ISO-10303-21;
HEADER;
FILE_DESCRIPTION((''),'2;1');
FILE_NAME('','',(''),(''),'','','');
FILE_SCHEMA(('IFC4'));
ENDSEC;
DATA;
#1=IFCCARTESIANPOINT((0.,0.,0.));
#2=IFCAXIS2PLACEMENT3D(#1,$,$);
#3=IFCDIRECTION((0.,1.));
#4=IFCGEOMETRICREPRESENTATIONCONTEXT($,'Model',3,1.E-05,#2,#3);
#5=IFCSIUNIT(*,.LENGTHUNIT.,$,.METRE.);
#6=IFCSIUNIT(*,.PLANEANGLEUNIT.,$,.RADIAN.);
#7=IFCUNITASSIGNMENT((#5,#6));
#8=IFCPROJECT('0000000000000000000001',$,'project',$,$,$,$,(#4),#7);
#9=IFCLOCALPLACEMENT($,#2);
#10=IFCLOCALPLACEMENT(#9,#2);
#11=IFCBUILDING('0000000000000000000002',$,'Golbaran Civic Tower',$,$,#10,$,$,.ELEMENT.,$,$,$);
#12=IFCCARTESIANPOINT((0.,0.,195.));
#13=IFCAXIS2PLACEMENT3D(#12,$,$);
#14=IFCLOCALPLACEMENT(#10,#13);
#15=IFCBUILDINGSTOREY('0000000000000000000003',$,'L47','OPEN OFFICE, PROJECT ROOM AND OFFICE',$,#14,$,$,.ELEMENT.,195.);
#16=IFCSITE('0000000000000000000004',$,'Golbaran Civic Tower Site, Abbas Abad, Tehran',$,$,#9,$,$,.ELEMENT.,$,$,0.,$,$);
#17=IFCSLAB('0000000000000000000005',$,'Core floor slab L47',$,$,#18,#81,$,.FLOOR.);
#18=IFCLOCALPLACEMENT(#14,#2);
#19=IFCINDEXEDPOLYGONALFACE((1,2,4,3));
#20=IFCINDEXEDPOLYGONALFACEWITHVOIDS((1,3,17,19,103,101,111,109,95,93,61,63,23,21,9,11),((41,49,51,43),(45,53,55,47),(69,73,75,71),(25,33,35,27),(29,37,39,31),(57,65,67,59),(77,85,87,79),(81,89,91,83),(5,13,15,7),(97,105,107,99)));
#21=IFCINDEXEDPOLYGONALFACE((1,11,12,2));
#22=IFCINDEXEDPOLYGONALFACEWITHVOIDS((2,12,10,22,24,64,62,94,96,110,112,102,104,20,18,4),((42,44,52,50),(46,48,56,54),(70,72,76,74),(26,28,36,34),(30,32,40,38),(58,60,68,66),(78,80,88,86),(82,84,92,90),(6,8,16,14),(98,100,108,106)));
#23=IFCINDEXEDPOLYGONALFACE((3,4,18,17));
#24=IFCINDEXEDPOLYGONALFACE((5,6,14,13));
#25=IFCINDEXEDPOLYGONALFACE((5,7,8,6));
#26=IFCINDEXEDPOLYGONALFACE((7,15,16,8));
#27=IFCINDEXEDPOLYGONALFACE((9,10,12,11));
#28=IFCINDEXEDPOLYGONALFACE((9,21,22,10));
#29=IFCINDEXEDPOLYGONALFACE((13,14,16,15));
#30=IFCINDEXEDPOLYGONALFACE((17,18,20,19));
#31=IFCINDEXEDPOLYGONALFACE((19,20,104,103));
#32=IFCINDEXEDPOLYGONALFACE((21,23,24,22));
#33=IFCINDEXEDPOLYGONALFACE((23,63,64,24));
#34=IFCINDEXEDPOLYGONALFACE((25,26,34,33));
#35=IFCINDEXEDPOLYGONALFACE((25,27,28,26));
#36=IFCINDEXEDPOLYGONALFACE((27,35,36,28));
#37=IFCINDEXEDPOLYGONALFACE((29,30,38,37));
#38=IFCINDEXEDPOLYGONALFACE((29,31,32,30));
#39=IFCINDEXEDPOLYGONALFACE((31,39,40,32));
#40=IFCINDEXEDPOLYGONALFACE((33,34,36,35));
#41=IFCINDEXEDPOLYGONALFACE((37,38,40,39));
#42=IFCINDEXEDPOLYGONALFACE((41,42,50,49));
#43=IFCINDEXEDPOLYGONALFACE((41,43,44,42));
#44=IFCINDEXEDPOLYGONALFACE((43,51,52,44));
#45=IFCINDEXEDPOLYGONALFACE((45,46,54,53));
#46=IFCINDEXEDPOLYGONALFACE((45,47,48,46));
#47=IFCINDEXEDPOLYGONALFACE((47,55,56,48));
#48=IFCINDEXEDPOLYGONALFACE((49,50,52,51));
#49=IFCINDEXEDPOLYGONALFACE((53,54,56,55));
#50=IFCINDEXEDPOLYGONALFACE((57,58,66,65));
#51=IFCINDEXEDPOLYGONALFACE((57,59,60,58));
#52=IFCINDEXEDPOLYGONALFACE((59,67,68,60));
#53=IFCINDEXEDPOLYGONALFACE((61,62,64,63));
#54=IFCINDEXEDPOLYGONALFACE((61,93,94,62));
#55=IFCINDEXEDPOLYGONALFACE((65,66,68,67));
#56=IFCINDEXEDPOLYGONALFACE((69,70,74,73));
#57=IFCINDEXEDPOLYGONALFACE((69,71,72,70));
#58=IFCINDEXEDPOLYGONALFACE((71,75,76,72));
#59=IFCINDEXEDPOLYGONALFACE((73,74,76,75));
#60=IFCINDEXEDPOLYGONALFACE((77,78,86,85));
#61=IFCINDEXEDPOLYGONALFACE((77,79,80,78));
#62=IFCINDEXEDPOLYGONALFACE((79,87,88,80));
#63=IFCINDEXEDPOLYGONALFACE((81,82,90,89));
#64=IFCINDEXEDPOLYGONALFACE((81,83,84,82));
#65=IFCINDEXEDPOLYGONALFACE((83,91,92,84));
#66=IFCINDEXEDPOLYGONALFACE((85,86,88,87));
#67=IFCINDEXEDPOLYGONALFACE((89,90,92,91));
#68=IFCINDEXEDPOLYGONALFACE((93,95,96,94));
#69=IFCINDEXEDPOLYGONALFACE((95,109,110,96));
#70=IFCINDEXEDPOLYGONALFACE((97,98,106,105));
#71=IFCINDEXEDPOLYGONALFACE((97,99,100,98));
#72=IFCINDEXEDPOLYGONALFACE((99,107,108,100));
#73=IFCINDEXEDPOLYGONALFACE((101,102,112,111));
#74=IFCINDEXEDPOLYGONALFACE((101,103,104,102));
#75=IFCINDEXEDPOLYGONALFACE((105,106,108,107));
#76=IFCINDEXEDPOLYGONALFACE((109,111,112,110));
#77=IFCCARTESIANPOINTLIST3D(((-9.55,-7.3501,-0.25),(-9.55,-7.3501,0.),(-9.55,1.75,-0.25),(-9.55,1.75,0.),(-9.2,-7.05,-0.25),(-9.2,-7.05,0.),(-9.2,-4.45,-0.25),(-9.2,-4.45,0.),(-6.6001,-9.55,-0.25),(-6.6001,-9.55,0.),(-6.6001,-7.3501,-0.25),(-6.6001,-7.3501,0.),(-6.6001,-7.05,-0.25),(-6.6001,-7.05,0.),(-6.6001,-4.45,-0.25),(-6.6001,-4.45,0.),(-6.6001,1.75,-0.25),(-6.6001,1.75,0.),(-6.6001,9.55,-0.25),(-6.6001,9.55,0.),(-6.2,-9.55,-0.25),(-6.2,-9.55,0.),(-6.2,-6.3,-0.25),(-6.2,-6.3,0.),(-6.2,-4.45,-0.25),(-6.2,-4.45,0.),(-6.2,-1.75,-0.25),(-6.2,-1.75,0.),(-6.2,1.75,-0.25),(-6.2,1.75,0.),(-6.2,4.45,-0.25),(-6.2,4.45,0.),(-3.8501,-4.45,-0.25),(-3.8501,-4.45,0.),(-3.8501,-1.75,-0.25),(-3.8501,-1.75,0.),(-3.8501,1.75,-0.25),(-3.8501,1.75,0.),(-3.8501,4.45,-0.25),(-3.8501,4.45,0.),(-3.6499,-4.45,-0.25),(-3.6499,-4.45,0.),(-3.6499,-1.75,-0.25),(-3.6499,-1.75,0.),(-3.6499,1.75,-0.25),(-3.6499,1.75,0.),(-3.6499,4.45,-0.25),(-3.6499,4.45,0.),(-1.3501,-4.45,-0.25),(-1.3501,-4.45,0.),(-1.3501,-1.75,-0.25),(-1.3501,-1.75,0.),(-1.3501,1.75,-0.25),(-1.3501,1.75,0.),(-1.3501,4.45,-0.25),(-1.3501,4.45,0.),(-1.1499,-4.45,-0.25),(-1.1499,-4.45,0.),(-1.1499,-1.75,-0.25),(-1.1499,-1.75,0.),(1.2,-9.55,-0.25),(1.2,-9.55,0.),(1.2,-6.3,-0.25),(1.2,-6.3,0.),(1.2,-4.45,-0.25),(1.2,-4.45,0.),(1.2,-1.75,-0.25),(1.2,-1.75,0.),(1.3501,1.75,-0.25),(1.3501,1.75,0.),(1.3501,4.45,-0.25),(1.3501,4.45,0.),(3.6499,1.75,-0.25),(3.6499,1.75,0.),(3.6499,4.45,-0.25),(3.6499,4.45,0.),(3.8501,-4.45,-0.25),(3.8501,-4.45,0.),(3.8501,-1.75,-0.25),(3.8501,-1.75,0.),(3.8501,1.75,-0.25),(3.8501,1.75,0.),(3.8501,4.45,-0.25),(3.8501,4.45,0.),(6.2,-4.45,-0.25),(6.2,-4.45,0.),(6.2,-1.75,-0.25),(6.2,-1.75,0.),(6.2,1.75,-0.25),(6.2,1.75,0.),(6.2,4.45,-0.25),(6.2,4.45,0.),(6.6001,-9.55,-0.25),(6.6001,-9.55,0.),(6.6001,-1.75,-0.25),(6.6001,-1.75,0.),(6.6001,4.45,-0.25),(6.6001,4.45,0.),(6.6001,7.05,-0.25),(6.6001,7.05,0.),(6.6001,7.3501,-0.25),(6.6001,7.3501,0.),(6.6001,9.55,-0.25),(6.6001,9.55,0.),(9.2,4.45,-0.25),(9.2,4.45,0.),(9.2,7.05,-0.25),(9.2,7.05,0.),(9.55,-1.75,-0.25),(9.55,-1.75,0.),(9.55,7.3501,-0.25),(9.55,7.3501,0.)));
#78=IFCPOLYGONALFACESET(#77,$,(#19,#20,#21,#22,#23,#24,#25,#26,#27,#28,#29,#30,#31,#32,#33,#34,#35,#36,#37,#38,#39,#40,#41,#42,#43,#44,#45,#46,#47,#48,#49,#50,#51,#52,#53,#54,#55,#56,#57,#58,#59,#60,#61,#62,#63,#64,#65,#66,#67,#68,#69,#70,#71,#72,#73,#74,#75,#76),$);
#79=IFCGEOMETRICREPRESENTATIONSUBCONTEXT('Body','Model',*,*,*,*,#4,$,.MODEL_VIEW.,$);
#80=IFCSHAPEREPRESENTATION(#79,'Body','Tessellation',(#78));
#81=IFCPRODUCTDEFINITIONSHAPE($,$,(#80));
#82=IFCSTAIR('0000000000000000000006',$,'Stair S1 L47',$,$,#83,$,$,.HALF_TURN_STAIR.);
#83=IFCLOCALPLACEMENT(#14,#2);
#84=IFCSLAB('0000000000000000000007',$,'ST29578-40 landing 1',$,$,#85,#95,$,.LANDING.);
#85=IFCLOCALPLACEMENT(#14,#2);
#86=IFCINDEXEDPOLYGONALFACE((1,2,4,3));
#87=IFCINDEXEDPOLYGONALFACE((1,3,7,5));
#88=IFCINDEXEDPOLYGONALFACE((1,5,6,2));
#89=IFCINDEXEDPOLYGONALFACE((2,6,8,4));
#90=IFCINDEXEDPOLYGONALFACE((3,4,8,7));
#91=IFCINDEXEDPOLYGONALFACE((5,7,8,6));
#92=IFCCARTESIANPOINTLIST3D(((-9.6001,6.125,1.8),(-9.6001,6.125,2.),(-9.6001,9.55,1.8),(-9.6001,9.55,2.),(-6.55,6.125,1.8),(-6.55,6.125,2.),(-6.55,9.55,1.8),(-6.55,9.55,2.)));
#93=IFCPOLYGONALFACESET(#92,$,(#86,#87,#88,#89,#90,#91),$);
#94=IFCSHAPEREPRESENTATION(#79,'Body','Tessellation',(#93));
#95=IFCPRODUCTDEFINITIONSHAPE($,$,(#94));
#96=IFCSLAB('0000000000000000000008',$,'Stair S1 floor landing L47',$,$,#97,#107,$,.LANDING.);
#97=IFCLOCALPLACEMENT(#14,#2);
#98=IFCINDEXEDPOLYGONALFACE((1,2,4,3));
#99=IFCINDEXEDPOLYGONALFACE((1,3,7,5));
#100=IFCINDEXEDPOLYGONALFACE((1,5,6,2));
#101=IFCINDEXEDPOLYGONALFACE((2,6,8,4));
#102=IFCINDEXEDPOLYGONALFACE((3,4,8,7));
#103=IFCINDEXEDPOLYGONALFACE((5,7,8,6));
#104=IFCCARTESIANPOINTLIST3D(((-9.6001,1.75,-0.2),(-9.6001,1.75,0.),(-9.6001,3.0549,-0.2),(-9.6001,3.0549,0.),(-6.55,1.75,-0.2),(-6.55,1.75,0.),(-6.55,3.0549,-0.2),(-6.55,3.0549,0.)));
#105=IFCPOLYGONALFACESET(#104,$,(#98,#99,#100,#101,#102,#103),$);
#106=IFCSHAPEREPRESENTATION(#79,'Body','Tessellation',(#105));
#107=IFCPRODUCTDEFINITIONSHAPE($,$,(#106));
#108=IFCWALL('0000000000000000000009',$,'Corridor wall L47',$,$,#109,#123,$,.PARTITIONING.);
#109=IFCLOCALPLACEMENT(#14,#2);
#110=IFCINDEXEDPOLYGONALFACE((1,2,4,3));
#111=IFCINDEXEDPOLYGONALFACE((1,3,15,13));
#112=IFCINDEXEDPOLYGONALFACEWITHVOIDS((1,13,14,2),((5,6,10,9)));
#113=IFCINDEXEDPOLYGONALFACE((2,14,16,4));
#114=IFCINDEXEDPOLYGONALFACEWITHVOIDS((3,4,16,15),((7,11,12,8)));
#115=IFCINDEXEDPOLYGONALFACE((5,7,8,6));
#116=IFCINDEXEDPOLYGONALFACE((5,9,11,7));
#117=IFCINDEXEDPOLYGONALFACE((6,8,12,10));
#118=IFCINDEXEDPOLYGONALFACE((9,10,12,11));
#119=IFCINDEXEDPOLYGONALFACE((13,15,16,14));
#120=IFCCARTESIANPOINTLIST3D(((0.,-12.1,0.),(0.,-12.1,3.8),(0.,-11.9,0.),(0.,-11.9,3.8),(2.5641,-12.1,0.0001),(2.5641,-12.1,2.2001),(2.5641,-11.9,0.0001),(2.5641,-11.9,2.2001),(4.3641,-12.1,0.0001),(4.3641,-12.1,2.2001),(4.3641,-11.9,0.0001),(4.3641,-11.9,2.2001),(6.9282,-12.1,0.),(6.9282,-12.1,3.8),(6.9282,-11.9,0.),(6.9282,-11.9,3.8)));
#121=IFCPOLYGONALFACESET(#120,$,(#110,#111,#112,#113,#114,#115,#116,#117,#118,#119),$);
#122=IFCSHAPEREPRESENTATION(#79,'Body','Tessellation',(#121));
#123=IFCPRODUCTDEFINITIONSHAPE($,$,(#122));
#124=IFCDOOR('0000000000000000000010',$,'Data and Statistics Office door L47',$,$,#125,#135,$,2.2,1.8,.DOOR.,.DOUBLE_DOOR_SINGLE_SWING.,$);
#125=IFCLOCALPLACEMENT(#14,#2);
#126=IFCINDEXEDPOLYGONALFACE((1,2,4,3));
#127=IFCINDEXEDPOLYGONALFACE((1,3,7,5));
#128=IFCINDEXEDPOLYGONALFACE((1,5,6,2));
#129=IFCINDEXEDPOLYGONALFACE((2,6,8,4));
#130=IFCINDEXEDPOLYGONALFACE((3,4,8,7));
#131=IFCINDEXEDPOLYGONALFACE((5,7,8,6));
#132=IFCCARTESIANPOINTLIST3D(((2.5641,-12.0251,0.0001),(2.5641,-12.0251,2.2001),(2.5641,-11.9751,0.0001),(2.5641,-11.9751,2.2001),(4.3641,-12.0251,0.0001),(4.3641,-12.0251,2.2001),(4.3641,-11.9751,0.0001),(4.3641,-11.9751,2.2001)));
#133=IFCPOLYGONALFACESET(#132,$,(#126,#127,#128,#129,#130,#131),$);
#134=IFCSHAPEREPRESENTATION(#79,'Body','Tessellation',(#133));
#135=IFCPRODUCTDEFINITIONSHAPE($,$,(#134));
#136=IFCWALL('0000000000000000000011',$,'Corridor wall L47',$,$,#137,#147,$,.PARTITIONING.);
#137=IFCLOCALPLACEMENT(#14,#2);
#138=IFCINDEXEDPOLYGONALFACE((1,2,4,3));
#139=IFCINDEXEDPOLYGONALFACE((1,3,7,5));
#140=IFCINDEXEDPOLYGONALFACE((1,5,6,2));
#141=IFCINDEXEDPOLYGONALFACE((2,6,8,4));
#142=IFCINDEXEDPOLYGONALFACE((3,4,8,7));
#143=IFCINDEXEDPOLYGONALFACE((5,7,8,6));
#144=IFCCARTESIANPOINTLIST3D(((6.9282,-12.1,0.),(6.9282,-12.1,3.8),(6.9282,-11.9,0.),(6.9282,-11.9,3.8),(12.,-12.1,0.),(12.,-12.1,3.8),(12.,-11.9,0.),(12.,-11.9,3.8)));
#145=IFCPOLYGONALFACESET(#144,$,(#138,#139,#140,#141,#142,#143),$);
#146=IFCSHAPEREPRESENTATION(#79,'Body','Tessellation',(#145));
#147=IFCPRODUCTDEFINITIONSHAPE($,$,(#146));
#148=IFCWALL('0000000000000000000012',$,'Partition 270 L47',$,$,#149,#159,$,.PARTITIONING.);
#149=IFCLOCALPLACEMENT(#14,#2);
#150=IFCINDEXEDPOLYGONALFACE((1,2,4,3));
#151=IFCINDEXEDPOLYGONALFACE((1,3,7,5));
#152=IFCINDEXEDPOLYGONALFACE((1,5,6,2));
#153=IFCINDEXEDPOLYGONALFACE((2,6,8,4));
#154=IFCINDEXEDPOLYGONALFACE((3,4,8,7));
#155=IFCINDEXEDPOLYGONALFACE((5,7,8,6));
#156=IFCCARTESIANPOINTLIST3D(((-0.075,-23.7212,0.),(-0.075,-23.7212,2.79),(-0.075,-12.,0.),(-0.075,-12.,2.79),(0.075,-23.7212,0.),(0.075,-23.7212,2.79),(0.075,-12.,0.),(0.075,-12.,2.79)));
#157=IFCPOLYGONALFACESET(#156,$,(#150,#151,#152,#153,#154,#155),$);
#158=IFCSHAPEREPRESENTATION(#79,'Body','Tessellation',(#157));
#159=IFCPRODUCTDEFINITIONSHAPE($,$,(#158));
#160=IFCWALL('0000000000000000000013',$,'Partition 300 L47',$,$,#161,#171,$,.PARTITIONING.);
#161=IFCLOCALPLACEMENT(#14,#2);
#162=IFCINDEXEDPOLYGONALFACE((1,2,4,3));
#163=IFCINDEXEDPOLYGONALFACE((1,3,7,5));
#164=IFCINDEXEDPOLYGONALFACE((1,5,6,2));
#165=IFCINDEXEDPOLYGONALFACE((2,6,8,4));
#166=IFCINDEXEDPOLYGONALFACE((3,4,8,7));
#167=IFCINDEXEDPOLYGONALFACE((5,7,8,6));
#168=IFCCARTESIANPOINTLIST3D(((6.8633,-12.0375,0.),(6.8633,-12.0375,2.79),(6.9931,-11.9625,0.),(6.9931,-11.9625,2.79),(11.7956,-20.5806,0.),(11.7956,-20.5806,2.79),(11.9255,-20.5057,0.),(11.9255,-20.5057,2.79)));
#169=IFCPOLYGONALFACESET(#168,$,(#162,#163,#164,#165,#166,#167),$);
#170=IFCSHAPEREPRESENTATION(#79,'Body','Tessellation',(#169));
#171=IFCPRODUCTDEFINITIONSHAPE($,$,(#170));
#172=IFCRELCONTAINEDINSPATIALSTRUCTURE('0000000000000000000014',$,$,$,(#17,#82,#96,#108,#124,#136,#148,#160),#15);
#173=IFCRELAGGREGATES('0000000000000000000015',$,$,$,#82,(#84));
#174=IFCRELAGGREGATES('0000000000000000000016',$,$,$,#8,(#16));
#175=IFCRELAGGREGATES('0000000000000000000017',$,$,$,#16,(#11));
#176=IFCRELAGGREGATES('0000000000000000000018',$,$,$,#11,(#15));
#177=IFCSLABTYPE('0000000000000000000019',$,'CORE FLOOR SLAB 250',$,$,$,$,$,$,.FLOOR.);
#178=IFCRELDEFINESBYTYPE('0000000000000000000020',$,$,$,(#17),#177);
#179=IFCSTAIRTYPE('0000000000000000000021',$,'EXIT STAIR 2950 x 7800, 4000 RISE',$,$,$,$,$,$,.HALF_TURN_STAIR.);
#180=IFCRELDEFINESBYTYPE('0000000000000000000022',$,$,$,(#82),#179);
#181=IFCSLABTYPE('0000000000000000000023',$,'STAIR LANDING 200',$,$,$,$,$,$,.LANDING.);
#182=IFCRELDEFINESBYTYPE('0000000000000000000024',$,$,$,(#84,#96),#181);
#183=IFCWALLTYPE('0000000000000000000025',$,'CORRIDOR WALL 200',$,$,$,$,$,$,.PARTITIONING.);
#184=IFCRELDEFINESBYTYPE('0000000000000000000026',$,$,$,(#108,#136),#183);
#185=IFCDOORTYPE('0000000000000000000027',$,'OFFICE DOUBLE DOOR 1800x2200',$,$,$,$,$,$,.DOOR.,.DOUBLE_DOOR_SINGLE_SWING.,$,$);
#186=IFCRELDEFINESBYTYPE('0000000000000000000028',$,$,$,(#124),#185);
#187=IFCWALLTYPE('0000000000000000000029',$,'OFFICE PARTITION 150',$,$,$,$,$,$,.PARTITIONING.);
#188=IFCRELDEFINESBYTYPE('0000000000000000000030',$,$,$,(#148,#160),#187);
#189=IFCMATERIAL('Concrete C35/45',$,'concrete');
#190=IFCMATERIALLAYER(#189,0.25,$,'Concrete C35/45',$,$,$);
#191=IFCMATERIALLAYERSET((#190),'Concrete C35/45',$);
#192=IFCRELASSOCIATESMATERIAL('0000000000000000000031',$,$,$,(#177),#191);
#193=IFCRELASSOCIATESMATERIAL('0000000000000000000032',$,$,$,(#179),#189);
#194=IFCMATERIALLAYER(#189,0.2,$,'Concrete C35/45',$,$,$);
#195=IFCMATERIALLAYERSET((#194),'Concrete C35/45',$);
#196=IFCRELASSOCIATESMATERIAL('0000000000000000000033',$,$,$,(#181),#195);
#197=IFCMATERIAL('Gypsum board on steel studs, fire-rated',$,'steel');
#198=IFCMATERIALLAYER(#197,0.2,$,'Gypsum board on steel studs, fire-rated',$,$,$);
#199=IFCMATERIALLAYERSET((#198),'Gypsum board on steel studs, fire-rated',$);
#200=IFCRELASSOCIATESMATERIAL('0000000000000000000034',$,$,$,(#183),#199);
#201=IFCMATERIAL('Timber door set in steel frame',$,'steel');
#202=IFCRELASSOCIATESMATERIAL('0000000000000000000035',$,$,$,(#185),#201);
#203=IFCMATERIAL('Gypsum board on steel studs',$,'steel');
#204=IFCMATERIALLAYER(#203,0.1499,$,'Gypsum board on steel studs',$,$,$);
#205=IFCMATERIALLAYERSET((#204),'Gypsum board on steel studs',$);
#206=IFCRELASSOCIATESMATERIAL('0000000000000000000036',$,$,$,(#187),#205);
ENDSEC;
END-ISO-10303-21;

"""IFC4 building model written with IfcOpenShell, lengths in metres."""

from ifc_helpers import new_model, si_unit, direction, frame, frame_2d, origin, place, context, subcontext, project, spatial, polyline, rectangle, outline, extrude, material, layer, layer_set, type_object, element, fill, aggregate, save


model = new_model("IFC4")

# Units and contexts
model_context = context("Model", 3, precision=1e-05, world=origin(), true_north=direction((0.0, 1.0)))
body_context = subcontext(model_context, "Body", "Model", "MODEL_VIEW")
ifc_project = project(units=[si_unit("LENGTHUNIT", "METRE"), si_unit("PLANEANGLEUNIT", "RADIAN")], contexts=[model_context])

# Site, building, storey
site_placement = place(None, origin())
site = spatial("IfcSite", under=ifc_project, at=site_placement, Name="Golbaran Civic Tower Site, Abbas Abad, Tehran", CompositionType="ELEMENT", RefElevation=0.0)
building_placement = place(site_placement, origin())
building = spatial("IfcBuilding", under=site, at=building_placement, Name="Golbaran Civic Tower", CompositionType="ELEMENT")
storey_placement = place(building_placement, frame((0.0, 0.0, 195.0)))
storey = spatial("IfcBuildingStorey", under=building, at=storey_placement, Name="L47", Description="OPEN OFFICE, PROJECT ROOM AND OFFICE", CompositionType="ELEMENT", Elevation=195.0)

# Slab
ifc_material_1 = material(Name="Concrete C35/45", Category="concrete")
ifc_layer_1 = layer(ifc_material_1, 0.25, Name="Concrete C35/45")
ifc_layer_set_1 = layer_set([ifc_layer_1], Name="Concrete C35/45")
slab_type_1 = type_object("IfcSlabType", Name="CORE FLOOR SLAB 250", PredefinedType="FLOOR", material=ifc_layer_set_1)
slab_1_placement = place(storey_placement, frame((0.0, 0.0, -0.25)))
element("IfcSlab", 1, at=slab_1_placement, inside=storey, type_object=slab_type_1, Name="Core floor slab L47", PredefinedType="FLOOR", context=body_context, shape_type="SweptSolid", body=[
    extrude(outline(polyline([(6.6001, -1.75), (6.6001, -9.55), (1.2, -9.55), (1.2, -6.3), (-6.2, -6.3), (-6.2, -9.55), (-6.6001, -9.55), (-6.6001, -7.3501), (-9.55, -7.3501), (-9.55, 1.75), (-6.6001, 1.75), (-6.6001, 9.55), (6.6001, 9.55), (6.6001, 7.3501), (9.55, 7.3501), (9.55, -1.75), (6.6001, -1.75)]), holes=[polyline([(9.2, 7.05), (6.6001, 7.05), (6.6001, 4.45), (9.2, 4.45), (9.2, 7.05)]), polyline([(6.2, -1.75), (3.8501, -1.75), (3.8501, -4.45), (6.2, -4.45), (6.2, -1.75)]), polyline([(6.2, 4.45), (3.8501, 4.45), (3.8501, 1.75), (6.2, 1.75), (6.2, 4.45)]), polyline([(3.6499, 4.45), (1.3501, 4.45), (1.3501, 1.75), (3.6499, 1.75), (3.6499, 4.45)]), polyline([(1.2, -1.75), (-1.1499, -1.75), (-1.1499, -4.45), (1.2, -4.45), (1.2, -1.75)]), polyline([(-1.3501, 4.45), (-3.6499, 4.45), (-3.6499, 1.75), (-1.3501, 1.75), (-1.3501, 4.45)]), polyline([(-1.3501, -1.75), (-3.6499, -1.75), (-3.6499, -4.45), (-1.3501, -4.45), (-1.3501, -1.75)]), polyline([(-3.8501, -1.75), (-6.2, -1.75), (-6.2, -4.45), (-3.8501, -4.45), (-3.8501, -1.75)]), polyline([(-3.8501, 4.45), (-6.2, 4.45), (-6.2, 1.75), (-3.8501, 1.75), (-3.8501, 4.45)]), polyline([(-6.6001, -4.45), (-9.2, -4.45), (-9.2, -7.05), (-6.6001, -7.05), (-6.6001, -4.45)])]), origin(), (0.0, 0.0, 1.0), 0.25),
])

# Stair, slab
stair_type = type_object("IfcStairType", Name="EXIT STAIR 2950 x 7800, 4000 RISE", PredefinedType="HALF_TURN_STAIR", material=ifc_material_1)
stair_1_placement = place(storey_placement, origin())
stair_1 = element("IfcStair", 2, at=stair_1_placement, inside=storey, type_object=stair_type, Name="Stair S1 L47", PredefinedType="HALF_TURN_STAIR")
ifc_layer_2 = layer(ifc_material_1, 0.2, Name="Concrete C35/45")
ifc_layer_set_2 = layer_set([ifc_layer_2], Name="Concrete C35/45")
slab_type_2 = type_object("IfcSlabType", Name="STAIR LANDING 200", PredefinedType="LANDING", material=ifc_layer_set_2)
slab_2_placement = place(storey_placement, frame((0.0, 0.0, 1.8)))
slab_2 = element("IfcSlab", 3, at=slab_2_placement, type_object=slab_type_2, Name="ST29578-40 landing 1", PredefinedType="LANDING", context=body_context, shape_type="SweptSolid", body=[
    extrude(outline(polyline([(-9.6001, 6.125), (-9.6001, 9.55), (-6.55, 9.55), (-6.55, 6.125), (-9.6001, 6.125)])), origin(), (0.0, 0.0, 1.0), 0.2),
])
aggregate(stair_1, [slab_2])

# Slab
slab_3_placement = place(storey_placement, frame((0.0, 0.0, -0.2)))
element("IfcSlab", 4, at=slab_3_placement, inside=storey, type_object=slab_type_2, Name="Stair S1 floor landing L47", PredefinedType="LANDING", context=body_context, shape_type="SweptSolid", body=[
    extrude(outline(polyline([(-9.6001, 1.75), (-9.6001, 3.0549), (-6.55, 3.0549), (-6.55, 1.75), (-9.6001, 1.75)])), origin(), (0.0, 0.0, 1.0), 0.2),
])

# Wall, opening, door
ifc_material_2 = material(Name="Gypsum board on steel studs, fire-rated", Category="steel")
ifc_layer_3 = layer(ifc_material_2, 0.2, Name="Gypsum board on steel studs, fire-rated")
ifc_layer_set_3 = layer_set([ifc_layer_3], Name="Gypsum board on steel studs, fire-rated")
wall_type_1 = type_object("IfcWallType", Name="CORRIDOR WALL 200", PredefinedType="PARTITIONING", material=ifc_layer_set_3)
wall_1_placement = place(storey_placement, frame((0.0, -12.0, 0.0), z_axis=(0.0, 0.0, 1.0), x_axis=(1.0, 0.0, 0.0)))
wall_1 = element("IfcWall", 5, at=wall_1_placement, inside=storey, type_object=wall_type_1, Name="Corridor wall L47", PredefinedType="PARTITIONING", context=body_context, shape_type="SweptSolid", body=[
    extrude(rectangle(XDim=6.9282, YDim=0.2, at=frame_2d((3.4641, 0.0))), origin(), (0.0, 0.0, 1.0), 3.8),
])
opening_1_placement = place(wall_1_placement, frame((2.5642, 0.0, 0.0)))
opening_1 = element("IfcOpeningElement", 6, at=opening_1_placement, cuts=wall_1, PredefinedType="OPENING", context=body_context, shape_type="SweptSolid", body=[
    extrude(rectangle(XDim=1.8, YDim=2.2, at=frame_2d((0.8999, 1.1001))), frame((0.0, 0.1099, 0.0), z_axis=(0.0, -1.0, 0.0), x_axis=(1.0, 0.0, 0.0)), (0.0, 0.0, 1.0), 0.22),
])
ifc_material_3 = material(Name="Timber door set in steel frame", Category="steel")
door_type_1 = type_object("IfcDoorType", Name="OFFICE DOUBLE DOOR 1800x2200", OperationType="DOUBLE_DOOR_SINGLE_SWING", PredefinedType="DOOR", material=ifc_material_3)
door_1_placement = place(opening_1_placement, origin())
door_1 = element("IfcDoor", 7, at=door_1_placement, inside=storey, type_object=door_type_1, Name="Data and Statistics Office door L47", OperationType="DOUBLE_DOOR_SINGLE_SWING", OverallHeight=2.2, OverallWidth=1.8, PredefinedType="DOOR", context=body_context, shape_type="SweptSolid", body=[
    extrude(rectangle(XDim=1.8, YDim=2.2, at=frame_2d((0.8999, 1.1001))), frame((0.0, 0.0249, 0.0), z_axis=(0.0, -1.0, 0.0), x_axis=(1.0, 0.0, 0.0)), (0.0, 0.0, 1.0), 0.05),
])
fill(opening_1, door_1)

# Walls
wall_2_placement = place(storey_placement, frame((6.9282, -12.0, 0.0), z_axis=(0.0, 0.0, 1.0), x_axis=(1.0, 0.0, 0.0)))
element("IfcWall", 8, at=wall_2_placement, inside=storey, type_object=wall_type_1, Name="Corridor wall L47", PredefinedType="PARTITIONING", context=body_context, shape_type="SweptSolid", body=[
    extrude(rectangle(XDim=5.0718, YDim=0.2, at=frame_2d((2.5359, 0.0))), origin(), (0.0, 0.0, 1.0), 3.8),
])
ifc_material_4 = material(Name="Gypsum board on steel studs", Category="steel")
ifc_layer_4 = layer(ifc_material_4, 0.1499, Name="Gypsum board on steel studs")
ifc_layer_set_4 = layer_set([ifc_layer_4], Name="Gypsum board on steel studs")
wall_type_2 = type_object("IfcWallType", Name="OFFICE PARTITION 150", PredefinedType="PARTITIONING", material=ifc_layer_set_4)
wall_3_placement = place(storey_placement, frame((0.0, -12.0, 0.0), z_axis=(0.0, 0.0, 1.0), x_axis=(0.0, -1.0, 0.0)))
element("IfcWall", 9, at=wall_3_placement, inside=storey, type_object=wall_type_2, Name="Partition 270 L47", PredefinedType="PARTITIONING", context=body_context, shape_type="SweptSolid", body=[
    extrude(rectangle(XDim=11.7212, YDim=0.1499, at=frame_2d((5.8606, 0.0))), origin(), (0.0, 0.0, 1.0), 2.79),
])
wall_4_placement = place(storey_placement, frame((6.9282, -12.0, 0.0), z_axis=(0.0, 0.0, 1.0), x_axis=(0.499996, -0.866028, 0.0)))
element("IfcWall", 10, at=wall_4_placement, inside=storey, type_object=wall_type_2, Name="Partition 300 L47", PredefinedType="PARTITIONING", context=body_context, shape_type="SweptSolid", body=[
    extrude(rectangle(XDim=9.8647, YDim=0.1499, at=frame_2d((4.9324, 0.0))), origin(), (0.0, 0.0, 1.0), 2.79),
])

save(model, "model.ifc")
